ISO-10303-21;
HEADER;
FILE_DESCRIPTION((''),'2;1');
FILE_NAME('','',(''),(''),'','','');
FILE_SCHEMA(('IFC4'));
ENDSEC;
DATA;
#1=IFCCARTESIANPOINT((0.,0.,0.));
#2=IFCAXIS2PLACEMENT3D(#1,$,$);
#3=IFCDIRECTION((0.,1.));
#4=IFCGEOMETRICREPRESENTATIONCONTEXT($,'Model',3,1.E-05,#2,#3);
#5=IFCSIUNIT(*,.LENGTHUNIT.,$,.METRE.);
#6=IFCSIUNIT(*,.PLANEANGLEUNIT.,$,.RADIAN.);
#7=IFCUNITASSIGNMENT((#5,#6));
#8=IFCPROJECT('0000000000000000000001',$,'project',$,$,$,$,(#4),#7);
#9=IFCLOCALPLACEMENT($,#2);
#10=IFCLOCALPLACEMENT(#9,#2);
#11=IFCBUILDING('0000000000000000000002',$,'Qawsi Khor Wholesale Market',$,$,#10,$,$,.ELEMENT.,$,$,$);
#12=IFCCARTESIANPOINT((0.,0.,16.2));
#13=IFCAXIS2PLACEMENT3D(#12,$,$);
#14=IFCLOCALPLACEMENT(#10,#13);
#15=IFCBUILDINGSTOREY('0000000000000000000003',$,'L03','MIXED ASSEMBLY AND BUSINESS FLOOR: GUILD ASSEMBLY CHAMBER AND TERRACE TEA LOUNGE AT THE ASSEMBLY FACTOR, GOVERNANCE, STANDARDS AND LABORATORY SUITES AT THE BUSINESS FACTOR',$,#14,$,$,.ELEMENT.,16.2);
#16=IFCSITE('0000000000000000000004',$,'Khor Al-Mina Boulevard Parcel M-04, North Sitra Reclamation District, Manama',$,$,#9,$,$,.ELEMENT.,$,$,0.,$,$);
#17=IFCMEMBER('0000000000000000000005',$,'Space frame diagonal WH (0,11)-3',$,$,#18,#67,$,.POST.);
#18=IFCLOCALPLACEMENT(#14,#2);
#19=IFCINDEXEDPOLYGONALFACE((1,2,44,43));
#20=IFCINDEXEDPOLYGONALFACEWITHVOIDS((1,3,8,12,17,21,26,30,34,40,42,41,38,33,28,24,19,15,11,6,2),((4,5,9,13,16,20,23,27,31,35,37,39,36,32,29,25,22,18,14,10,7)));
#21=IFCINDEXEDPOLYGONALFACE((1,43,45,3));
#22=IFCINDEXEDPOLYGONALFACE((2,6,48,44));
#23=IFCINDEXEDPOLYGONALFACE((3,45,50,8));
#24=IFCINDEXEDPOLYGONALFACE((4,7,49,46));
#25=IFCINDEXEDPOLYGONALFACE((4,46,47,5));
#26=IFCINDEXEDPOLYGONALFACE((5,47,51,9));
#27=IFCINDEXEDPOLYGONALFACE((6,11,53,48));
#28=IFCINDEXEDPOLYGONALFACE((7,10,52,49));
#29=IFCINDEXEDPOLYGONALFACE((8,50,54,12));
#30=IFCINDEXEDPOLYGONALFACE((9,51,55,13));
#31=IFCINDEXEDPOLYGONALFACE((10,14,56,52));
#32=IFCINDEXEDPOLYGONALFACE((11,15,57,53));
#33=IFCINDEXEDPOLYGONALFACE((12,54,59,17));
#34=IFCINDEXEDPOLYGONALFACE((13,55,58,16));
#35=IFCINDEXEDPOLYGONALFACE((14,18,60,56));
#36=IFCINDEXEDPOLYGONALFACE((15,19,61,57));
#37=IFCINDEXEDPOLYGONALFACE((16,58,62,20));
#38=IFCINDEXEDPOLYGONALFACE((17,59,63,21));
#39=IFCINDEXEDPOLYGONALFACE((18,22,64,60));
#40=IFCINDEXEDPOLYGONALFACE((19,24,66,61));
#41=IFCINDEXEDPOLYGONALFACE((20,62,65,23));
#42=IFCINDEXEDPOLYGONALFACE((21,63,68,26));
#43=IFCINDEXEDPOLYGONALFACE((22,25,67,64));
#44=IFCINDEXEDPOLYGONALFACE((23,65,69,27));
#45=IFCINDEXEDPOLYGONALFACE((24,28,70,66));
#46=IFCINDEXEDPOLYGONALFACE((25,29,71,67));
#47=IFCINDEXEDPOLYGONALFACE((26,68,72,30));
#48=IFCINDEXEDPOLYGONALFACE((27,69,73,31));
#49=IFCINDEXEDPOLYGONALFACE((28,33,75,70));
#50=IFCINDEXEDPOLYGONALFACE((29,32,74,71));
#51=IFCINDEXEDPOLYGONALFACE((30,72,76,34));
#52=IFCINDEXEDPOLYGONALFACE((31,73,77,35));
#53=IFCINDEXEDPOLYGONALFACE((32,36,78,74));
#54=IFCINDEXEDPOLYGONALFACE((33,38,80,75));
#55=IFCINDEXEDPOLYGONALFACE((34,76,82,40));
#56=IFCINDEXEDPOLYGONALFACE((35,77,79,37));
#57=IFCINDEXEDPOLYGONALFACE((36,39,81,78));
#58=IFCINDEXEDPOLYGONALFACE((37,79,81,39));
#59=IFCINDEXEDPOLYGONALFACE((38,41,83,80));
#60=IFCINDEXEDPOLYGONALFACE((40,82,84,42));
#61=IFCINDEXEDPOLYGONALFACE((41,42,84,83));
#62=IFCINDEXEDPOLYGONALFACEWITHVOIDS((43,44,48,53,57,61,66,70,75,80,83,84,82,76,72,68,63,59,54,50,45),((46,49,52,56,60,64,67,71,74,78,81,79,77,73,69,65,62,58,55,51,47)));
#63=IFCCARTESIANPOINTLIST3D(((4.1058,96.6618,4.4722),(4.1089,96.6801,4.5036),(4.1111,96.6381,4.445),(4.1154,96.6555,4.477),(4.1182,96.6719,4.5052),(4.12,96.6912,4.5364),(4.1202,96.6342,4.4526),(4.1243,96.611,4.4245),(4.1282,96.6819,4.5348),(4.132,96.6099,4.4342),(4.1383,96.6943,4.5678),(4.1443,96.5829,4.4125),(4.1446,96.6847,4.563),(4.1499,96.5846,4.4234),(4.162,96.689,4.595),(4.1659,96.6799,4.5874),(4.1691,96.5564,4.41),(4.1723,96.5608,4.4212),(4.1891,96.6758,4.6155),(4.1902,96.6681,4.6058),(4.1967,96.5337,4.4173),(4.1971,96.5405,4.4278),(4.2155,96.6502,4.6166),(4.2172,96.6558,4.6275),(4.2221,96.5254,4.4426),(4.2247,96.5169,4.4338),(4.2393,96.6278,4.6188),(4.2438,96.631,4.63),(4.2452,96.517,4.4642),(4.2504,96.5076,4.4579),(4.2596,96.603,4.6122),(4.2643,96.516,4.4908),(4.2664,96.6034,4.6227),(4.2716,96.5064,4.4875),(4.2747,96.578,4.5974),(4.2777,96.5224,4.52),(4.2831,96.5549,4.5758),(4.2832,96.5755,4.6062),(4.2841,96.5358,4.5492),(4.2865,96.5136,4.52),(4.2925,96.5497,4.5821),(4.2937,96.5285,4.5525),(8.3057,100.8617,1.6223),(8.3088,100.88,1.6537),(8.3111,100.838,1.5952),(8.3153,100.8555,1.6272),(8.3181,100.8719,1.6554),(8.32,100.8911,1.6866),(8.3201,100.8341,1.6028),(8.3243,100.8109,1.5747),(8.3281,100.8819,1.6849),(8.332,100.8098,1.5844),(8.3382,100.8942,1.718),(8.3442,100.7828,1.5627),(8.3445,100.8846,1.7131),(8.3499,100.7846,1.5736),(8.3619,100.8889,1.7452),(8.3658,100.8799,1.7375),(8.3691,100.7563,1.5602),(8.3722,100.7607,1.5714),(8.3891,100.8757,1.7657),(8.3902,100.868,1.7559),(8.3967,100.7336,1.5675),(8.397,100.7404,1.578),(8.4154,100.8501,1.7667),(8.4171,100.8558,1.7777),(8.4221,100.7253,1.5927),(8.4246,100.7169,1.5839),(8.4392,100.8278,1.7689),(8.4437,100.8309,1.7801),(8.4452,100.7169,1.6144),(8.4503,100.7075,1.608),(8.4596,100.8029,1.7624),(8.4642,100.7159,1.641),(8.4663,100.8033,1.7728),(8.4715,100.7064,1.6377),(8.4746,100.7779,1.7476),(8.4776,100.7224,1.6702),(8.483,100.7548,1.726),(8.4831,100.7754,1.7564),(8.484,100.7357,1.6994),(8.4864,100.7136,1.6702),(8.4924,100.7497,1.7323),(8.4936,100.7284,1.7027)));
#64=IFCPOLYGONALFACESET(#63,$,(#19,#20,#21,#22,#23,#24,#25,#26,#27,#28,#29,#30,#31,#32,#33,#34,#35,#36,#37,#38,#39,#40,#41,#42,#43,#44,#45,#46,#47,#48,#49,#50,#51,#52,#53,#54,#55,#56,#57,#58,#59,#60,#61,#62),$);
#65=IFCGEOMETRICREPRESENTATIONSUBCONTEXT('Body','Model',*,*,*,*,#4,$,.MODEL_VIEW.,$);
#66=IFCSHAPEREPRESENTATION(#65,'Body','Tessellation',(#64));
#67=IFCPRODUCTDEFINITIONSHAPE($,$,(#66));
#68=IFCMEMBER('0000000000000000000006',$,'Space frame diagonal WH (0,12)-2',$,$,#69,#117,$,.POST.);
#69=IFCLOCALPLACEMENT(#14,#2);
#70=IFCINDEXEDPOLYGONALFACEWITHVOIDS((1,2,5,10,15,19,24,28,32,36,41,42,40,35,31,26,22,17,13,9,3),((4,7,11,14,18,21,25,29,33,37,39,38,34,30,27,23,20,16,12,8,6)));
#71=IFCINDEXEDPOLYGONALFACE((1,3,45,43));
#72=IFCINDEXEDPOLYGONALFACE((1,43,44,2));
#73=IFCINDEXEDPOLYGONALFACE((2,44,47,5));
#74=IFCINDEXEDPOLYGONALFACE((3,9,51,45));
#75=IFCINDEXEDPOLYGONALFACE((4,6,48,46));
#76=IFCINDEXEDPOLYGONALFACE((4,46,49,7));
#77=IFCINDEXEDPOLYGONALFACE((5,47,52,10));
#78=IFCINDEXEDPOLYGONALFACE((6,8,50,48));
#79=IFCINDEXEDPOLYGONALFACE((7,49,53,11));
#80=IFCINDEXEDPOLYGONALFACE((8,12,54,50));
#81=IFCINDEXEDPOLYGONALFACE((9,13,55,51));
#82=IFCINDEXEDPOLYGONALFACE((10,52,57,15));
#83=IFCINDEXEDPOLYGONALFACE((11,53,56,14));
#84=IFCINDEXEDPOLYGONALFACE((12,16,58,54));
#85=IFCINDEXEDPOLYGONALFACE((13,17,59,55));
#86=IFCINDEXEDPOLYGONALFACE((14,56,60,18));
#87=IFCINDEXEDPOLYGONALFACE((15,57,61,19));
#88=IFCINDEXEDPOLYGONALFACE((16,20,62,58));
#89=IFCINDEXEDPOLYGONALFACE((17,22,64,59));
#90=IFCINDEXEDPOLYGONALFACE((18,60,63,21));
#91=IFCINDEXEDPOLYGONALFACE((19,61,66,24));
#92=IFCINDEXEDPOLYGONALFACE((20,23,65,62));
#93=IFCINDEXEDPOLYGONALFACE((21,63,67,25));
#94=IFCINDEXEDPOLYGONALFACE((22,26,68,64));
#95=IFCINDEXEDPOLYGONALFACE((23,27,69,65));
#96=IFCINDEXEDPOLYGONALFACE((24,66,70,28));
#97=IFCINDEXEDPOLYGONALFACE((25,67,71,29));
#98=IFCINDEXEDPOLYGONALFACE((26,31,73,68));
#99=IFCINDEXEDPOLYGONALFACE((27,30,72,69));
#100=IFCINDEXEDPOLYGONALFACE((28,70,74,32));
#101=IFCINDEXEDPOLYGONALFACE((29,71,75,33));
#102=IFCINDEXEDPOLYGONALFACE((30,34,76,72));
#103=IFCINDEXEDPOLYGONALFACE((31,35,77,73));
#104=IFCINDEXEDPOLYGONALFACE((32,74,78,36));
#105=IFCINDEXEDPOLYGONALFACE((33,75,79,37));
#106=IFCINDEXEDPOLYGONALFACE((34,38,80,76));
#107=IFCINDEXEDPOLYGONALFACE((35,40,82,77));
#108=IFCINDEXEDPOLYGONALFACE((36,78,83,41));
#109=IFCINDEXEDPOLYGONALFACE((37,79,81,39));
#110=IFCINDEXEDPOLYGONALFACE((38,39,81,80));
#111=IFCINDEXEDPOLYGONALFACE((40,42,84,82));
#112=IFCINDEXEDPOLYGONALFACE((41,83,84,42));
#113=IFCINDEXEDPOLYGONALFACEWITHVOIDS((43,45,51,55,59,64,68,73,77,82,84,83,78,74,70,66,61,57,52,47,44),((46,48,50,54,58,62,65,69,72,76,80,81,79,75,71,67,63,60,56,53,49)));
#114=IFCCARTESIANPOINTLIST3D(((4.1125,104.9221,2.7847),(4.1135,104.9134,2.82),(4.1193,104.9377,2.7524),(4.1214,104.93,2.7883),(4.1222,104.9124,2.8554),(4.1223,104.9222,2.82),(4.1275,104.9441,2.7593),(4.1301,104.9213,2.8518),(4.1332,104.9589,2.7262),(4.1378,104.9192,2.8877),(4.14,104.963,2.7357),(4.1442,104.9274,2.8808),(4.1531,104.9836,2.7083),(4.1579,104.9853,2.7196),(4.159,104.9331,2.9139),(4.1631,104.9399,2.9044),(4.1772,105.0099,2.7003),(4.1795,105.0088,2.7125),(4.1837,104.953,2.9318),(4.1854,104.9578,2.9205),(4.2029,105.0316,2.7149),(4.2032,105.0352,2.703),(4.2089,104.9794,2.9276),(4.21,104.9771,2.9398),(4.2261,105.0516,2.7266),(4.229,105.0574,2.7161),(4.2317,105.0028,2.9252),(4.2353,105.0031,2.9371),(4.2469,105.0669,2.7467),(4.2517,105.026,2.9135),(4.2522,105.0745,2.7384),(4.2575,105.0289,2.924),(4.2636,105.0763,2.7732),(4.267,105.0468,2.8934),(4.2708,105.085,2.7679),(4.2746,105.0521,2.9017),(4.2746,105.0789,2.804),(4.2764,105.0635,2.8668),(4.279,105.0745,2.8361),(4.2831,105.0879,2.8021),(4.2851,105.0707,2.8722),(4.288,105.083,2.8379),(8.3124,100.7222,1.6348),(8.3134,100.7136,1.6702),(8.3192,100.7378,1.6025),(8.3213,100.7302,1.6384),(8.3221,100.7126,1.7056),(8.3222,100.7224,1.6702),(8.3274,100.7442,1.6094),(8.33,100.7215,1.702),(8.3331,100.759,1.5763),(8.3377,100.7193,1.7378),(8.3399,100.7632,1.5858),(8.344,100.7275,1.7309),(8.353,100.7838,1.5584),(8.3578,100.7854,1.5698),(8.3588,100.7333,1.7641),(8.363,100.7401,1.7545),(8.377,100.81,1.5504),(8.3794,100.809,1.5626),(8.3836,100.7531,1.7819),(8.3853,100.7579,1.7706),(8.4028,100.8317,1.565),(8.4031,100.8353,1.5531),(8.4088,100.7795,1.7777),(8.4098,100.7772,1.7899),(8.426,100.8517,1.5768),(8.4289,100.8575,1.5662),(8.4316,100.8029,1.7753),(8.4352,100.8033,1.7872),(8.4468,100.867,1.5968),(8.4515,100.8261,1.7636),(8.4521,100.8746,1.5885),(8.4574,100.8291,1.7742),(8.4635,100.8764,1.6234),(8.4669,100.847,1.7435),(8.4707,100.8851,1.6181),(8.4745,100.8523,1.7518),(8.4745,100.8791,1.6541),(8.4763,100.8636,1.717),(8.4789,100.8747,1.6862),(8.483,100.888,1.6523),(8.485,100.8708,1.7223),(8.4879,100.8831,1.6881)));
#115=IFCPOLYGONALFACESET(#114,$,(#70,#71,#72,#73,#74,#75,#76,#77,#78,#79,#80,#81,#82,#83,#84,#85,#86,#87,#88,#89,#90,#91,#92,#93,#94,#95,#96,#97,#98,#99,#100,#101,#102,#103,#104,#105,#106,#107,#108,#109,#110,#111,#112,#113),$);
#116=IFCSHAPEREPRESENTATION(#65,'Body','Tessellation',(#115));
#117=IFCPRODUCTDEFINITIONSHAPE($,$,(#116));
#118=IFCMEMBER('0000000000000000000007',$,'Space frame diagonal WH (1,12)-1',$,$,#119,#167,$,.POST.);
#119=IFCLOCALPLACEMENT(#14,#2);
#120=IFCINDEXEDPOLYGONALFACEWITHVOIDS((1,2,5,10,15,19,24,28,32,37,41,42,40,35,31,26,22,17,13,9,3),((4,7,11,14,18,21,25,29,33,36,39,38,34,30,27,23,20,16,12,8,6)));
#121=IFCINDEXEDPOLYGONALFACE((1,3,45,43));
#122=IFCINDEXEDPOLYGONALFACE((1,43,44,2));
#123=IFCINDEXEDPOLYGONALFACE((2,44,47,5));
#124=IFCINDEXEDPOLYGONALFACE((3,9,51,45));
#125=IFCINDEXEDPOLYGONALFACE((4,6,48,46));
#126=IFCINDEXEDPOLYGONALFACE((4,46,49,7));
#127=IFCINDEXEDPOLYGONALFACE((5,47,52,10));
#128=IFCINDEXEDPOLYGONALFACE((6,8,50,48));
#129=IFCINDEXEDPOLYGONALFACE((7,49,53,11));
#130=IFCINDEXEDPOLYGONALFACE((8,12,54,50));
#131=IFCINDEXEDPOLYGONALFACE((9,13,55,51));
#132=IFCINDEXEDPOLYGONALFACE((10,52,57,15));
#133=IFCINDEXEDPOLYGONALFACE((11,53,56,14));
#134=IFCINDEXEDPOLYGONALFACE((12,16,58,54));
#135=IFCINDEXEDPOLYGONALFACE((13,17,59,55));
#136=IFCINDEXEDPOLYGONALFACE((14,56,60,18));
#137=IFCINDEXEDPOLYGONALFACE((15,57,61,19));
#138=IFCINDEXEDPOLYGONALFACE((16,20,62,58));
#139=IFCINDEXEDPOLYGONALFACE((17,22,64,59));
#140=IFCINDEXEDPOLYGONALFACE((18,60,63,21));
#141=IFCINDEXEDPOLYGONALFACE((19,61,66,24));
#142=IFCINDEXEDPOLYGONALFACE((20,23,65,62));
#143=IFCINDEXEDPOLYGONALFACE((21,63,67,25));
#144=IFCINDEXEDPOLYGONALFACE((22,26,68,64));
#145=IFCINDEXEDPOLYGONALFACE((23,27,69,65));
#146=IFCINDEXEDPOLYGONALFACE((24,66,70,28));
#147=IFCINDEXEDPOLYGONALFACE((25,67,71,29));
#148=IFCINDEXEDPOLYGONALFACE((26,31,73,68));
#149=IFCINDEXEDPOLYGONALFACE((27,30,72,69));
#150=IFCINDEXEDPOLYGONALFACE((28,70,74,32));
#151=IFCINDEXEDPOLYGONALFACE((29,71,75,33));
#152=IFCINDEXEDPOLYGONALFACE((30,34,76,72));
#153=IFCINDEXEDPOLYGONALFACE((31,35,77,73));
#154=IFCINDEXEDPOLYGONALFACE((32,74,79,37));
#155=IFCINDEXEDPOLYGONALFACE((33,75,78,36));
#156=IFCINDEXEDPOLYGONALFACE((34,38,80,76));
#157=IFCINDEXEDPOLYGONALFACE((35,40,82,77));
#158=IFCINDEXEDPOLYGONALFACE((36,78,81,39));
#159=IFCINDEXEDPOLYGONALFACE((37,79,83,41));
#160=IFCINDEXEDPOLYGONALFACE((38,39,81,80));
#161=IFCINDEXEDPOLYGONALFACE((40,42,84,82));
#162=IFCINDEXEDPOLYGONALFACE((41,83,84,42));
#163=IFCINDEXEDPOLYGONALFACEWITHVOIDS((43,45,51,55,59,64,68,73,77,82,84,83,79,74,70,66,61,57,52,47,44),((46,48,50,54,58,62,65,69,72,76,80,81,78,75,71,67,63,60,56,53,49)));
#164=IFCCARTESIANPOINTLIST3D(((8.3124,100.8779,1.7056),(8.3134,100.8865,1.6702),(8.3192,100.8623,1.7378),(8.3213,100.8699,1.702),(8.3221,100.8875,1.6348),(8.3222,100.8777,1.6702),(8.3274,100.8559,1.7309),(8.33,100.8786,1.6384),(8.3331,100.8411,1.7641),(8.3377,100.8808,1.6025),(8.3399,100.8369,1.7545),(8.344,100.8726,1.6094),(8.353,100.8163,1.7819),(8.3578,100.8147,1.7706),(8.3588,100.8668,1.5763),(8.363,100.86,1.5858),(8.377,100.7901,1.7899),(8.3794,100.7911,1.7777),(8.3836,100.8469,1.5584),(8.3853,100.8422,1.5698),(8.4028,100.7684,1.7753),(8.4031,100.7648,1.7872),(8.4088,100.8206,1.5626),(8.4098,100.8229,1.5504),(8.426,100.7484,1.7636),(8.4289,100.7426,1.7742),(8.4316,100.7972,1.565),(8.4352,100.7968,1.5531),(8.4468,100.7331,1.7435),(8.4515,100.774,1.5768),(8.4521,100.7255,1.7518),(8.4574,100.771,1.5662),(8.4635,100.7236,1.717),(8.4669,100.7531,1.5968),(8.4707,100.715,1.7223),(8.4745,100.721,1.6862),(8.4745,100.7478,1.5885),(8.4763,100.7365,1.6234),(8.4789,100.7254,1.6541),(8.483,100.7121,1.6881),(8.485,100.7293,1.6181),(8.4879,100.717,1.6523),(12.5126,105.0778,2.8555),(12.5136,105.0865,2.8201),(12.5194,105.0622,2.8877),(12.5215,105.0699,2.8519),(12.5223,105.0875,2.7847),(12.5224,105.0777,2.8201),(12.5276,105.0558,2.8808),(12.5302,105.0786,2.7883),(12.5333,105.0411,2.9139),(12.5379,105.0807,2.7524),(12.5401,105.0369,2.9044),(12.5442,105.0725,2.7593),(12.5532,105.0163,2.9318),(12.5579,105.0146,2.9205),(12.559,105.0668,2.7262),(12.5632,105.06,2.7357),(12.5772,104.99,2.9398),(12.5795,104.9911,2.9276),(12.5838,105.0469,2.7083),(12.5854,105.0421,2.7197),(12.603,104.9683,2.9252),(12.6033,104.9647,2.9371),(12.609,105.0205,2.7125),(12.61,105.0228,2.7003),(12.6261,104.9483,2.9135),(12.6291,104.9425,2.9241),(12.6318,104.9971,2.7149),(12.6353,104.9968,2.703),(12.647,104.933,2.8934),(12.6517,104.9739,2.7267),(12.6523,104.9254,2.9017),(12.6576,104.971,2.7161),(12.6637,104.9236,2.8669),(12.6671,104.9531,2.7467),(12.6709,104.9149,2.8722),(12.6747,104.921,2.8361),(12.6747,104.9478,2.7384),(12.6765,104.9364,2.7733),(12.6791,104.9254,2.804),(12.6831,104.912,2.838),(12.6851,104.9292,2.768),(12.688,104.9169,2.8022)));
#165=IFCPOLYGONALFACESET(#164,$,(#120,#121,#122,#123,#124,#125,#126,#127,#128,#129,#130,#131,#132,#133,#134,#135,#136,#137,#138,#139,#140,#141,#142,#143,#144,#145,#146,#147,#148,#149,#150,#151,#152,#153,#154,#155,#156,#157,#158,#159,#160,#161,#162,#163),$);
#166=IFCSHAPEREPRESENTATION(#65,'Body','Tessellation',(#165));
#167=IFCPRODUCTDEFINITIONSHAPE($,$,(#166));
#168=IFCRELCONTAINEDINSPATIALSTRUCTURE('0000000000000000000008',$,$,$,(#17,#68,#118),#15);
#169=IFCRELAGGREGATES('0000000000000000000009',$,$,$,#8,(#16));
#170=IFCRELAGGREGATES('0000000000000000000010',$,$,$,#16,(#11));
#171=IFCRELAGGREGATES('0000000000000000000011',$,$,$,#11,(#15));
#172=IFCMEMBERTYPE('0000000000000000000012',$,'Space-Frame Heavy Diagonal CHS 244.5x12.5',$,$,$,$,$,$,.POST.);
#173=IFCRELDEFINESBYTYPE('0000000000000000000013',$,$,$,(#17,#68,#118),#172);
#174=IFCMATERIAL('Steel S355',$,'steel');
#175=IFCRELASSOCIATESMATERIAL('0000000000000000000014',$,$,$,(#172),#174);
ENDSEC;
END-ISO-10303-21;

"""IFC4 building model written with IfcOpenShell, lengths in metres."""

from ifc_helpers import new_model, si_unit, direction, frame, origin, origin_2d, place, context, subcontext, project, spatial, hollow_circle, extrude, material, material_profile, profile_set, type_object, element, save


model = new_model("IFC4")

# Units and contexts
model_context = context("Model", 3, precision=1e-05, world=origin(), true_north=direction((0.0, 1.0)))
body_context = subcontext(model_context, "Body", "Model", "MODEL_VIEW")
ifc_project = project(units=[si_unit("LENGTHUNIT", "METRE"), si_unit("PLANEANGLEUNIT", "RADIAN")], contexts=[model_context])

# Site, building, storey
site_placement = place(None, origin())
site = spatial("IfcSite", under=ifc_project, at=site_placement, Name="Khor Al-Mina Boulevard Parcel M-04, North Sitra Reclamation District, Manama", CompositionType="ELEMENT", RefElevation=0.0)
building_placement = place(site_placement, origin())
building = spatial("IfcBuilding", under=site, at=building_placement, Name="Qawsi Khor Wholesale Market", CompositionType="ELEMENT")
storey_placement = place(building_placement, frame((0.0, 0.0, 16.2)))
storey = spatial("IfcBuildingStorey", under=building, at=storey_placement, Name="L03", Description="MIXED ASSEMBLY AND BUSINESS FLOOR: GUILD ASSEMBLY CHAMBER AND TERRACE TEA LOUNGE AT THE ASSEMBLY FACTOR, GOVERNANCE, STANDARDS AND LABORATORY SUITES AT THE BUSINESS FACTOR", CompositionType="ELEMENT", Elevation=16.2)

# Members
ifc_material_1 = material(Name="Steel S355", Category="steel")
ifc_material_profile_1 = material_profile(ifc_material_1, hollow_circle(Radius=0.1223, WallThickness=0.0125, at=origin_2d()), Name="CHS 244.5x12.5")
ifc_profile_set_1 = profile_set([ifc_material_profile_1], Name="Steel S355")
member_type_1 = type_object("IfcMemberType", Name="Space-Frame Heavy Diagonal CHS 244.5x12.5", PredefinedType="POST", material=ifc_profile_set_1)
member_1_placement = place(storey_placement, frame((8.3999, 100.8, 1.6702), z_axis=(-0.637522, -0.637522, 0.432587), x_axis=(0.707107, -0.707107, 0.0)))
element("IfcMember", 1, at=member_1_placement, inside=storey, type_object=member_type_1, Name="Space frame diagonal WH (0,11)-3", PredefinedType="POST", context=body_context, shape_type="SweptSolid", body=[
    extrude(hollow_circle(Radius=0.1223, WallThickness=0.0125, at=origin_2d()), origin(), (0.0, 0.0, 1.0), 6.5879),
])
member_2_placement = place(storey_placement, frame((8.3999, 100.8, 1.6702), z_axis=(-0.694217, 0.694217, 0.190069), x_axis=(-0.707107, -0.707107, 0.0)))
element("IfcMember", 2, at=member_2_placement, inside=storey, type_object=member_type_1, Name="Space frame diagonal WH (0,12)-2", PredefinedType="POST", context=body_context, shape_type="SweptSolid", body=[
    extrude(hollow_circle(Radius=0.1223, WallThickness=0.0125, at=origin_2d()), origin(), (0.0, 0.0, 1.0), 6.0498),
])
member_3_placement = place(storey_placement, frame((8.3999, 100.8, 1.6702), z_axis=(0.694238, 0.694197, 0.190064), x_axis=(-0.707086, 0.707127, 0.0)))
element("IfcMember", 3, at=member_3_placement, inside=storey, type_object=member_type_1, Name="Space frame diagonal WH (1,12)-1", PredefinedType="POST", context=body_context, shape_type="SweptSolid", body=[
    extrude(hollow_circle(Radius=0.1223, WallThickness=0.0125, at=origin_2d()), origin(), (0.0, 0.0, 1.0), 6.05),
])

save(model, "model.ifc")
